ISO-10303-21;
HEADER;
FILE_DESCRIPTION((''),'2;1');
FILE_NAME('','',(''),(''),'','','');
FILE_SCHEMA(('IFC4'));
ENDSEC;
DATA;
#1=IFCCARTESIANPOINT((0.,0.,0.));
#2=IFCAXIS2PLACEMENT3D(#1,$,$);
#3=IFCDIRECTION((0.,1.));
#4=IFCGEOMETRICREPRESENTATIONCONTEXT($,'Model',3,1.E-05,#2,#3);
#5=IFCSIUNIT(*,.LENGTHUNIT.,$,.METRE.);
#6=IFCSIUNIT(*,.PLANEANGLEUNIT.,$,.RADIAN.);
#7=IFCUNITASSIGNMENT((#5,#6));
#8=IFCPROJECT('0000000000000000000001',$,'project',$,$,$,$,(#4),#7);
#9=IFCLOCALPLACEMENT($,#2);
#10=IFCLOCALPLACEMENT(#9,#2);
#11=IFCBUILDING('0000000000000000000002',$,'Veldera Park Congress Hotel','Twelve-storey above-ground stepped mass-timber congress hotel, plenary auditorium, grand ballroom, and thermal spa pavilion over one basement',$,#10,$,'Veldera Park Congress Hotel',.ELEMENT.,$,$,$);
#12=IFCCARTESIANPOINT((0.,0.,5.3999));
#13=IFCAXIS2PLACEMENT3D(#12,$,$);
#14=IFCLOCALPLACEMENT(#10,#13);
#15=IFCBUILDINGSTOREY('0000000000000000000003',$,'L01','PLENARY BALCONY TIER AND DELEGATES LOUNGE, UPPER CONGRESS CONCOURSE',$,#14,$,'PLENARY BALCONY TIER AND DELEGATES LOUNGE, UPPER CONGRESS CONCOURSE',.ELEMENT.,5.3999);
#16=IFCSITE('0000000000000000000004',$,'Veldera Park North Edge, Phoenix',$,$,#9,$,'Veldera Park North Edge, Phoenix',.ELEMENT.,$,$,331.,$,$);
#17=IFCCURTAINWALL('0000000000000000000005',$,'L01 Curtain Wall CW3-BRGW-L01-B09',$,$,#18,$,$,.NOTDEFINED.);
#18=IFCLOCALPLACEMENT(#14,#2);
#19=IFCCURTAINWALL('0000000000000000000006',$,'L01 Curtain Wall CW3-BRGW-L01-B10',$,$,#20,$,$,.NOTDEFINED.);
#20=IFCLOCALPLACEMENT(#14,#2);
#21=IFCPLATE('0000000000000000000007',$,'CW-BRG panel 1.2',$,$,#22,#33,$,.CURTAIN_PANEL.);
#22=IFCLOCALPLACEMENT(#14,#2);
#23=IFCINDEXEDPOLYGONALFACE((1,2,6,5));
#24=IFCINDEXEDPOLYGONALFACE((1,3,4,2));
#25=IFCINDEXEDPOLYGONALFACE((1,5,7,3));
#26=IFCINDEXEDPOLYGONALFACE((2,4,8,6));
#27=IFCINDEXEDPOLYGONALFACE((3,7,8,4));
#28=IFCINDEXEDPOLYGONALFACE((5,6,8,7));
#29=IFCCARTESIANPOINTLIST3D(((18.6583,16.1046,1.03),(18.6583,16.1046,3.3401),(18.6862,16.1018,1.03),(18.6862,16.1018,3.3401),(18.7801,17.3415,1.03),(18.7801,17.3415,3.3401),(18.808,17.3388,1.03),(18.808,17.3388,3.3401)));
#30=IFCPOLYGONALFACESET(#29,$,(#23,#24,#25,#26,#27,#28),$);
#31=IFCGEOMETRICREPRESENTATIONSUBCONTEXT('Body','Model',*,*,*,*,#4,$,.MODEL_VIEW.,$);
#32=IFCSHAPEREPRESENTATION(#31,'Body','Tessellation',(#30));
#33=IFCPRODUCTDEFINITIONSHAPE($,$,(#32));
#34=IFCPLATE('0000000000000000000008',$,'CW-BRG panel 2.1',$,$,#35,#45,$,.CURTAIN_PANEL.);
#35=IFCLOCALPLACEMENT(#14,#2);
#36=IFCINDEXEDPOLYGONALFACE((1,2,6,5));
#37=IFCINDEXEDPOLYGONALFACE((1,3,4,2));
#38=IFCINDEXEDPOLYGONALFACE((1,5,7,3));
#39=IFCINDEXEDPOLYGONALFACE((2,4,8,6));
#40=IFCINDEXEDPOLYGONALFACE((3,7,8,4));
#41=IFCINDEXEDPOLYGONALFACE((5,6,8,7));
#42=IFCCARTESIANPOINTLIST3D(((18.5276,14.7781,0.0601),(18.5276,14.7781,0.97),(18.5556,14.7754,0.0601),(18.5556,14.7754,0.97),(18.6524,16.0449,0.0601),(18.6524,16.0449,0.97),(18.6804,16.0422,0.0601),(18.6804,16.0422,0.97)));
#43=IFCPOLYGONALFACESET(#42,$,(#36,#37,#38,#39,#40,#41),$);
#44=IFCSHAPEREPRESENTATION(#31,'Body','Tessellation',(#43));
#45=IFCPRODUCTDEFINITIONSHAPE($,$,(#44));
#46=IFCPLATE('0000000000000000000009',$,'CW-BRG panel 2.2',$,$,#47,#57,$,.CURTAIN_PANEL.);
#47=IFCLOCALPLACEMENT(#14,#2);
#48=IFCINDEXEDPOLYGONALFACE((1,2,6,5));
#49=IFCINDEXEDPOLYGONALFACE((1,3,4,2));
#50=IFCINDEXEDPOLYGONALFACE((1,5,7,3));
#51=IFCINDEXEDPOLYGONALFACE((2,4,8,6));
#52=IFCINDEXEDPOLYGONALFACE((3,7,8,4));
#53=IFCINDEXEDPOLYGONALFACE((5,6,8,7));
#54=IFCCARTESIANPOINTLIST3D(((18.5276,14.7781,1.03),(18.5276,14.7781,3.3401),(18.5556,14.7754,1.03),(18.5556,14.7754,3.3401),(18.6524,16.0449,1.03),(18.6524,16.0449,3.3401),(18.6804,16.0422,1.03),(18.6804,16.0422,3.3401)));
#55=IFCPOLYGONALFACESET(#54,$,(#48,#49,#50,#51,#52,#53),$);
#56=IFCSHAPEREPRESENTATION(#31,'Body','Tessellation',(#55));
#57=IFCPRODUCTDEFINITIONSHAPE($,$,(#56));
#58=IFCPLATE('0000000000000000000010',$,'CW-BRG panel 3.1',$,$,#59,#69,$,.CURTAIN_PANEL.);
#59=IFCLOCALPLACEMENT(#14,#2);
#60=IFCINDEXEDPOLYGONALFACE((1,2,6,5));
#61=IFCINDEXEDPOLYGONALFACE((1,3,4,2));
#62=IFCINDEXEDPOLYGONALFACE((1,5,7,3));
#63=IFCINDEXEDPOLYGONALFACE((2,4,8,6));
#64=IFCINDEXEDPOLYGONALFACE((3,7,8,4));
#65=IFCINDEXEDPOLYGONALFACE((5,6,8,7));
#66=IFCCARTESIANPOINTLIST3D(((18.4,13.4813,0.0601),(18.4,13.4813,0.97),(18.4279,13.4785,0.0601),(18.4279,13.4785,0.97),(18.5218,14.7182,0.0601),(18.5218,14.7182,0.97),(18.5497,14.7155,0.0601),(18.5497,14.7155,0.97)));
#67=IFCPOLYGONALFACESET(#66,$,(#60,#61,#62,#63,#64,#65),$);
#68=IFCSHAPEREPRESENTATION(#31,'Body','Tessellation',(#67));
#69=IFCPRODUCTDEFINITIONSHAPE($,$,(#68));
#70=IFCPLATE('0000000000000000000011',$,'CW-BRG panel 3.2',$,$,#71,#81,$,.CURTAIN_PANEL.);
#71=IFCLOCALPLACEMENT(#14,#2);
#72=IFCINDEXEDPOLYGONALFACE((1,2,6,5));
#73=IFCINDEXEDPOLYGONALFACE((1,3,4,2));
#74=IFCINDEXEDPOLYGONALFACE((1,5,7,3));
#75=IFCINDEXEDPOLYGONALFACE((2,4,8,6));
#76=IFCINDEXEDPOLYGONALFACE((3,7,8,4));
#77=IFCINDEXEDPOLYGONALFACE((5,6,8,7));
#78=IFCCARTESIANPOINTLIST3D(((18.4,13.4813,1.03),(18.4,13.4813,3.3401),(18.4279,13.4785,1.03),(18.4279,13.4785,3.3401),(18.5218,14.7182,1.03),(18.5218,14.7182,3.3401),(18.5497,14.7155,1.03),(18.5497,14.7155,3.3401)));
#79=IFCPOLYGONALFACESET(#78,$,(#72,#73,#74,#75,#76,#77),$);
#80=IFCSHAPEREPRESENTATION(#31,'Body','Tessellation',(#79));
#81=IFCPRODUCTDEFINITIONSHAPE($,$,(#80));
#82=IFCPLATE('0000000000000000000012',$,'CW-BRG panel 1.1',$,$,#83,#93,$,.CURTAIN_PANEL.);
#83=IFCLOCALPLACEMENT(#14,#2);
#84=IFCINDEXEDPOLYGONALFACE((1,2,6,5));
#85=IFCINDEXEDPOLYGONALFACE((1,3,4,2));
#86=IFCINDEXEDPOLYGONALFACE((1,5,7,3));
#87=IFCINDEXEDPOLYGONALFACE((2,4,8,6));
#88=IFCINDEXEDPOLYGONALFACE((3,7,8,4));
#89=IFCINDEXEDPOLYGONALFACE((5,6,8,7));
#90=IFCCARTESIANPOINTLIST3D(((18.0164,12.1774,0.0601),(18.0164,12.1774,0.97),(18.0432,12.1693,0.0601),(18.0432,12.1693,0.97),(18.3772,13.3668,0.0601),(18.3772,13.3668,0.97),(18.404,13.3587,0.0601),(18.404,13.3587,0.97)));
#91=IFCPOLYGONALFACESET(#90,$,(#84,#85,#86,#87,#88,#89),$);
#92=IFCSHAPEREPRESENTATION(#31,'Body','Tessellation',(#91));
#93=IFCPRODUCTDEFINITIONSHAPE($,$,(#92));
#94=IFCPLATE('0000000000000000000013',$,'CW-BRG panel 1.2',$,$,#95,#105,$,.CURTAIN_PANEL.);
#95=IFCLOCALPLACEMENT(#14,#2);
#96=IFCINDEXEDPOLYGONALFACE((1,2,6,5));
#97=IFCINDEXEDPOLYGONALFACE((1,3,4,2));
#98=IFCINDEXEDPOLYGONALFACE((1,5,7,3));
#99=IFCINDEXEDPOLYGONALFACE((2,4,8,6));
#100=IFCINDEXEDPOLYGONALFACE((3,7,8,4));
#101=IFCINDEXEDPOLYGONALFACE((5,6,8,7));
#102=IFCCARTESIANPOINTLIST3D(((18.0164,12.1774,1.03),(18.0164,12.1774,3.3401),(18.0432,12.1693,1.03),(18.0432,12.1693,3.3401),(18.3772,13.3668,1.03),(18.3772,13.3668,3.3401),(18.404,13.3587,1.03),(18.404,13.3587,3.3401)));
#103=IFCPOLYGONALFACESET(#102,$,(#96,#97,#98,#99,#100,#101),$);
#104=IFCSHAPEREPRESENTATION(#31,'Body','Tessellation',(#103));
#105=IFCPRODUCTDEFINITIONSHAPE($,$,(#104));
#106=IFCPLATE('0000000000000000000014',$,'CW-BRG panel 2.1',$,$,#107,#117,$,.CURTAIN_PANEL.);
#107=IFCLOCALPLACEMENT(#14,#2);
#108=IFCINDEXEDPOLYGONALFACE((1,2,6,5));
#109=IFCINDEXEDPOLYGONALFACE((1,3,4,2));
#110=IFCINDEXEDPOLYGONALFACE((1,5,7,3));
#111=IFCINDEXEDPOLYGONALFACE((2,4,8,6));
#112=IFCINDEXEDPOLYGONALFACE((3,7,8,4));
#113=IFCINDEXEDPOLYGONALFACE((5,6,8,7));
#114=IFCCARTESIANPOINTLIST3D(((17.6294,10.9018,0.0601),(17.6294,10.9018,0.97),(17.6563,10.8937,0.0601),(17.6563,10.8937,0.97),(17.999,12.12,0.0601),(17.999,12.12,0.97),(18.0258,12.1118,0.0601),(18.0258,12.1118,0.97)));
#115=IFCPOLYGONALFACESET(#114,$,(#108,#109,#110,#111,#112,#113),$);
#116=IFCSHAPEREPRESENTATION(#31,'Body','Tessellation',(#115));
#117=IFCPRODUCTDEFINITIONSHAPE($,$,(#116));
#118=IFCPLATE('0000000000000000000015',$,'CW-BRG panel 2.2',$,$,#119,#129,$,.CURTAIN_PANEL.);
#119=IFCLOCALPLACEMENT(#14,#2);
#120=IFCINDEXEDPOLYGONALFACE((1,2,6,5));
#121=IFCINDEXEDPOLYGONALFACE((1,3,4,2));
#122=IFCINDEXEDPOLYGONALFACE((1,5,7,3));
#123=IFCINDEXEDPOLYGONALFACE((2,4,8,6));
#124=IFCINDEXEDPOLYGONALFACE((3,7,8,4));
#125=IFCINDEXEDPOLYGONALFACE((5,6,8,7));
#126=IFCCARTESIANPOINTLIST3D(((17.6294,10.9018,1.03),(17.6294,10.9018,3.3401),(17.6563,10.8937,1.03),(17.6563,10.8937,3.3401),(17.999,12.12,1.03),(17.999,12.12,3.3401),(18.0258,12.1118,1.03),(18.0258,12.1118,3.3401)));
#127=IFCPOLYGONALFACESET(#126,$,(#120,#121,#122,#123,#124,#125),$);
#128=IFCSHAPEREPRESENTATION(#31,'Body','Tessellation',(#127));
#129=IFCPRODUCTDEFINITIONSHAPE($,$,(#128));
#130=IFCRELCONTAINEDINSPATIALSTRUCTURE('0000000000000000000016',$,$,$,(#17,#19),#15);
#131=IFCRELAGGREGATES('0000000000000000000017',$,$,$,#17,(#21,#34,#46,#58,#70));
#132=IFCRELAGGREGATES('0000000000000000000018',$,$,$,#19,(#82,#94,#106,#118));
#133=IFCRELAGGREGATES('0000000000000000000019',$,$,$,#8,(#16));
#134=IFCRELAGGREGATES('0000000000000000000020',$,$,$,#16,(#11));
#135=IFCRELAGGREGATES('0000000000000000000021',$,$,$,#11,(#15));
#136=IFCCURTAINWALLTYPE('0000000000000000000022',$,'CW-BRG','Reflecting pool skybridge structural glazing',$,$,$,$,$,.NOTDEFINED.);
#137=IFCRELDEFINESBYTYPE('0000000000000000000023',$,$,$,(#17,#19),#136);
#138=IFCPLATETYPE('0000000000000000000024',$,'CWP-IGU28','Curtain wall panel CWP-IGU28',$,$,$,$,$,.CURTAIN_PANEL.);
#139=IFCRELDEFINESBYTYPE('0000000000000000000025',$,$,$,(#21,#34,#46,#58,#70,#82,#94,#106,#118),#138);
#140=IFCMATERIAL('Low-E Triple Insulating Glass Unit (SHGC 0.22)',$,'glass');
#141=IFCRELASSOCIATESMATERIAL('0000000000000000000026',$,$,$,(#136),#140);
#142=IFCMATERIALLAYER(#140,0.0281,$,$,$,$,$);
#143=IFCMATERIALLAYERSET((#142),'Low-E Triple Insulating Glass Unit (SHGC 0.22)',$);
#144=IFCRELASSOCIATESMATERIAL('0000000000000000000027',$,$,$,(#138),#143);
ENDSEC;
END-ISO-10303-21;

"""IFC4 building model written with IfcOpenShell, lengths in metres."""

from ifc_helpers import new_model, si_unit, direction, frame, origin, origin_2d, place, context, subcontext, project, spatial, rectangle, extrude, material, layer, layer_set, type_object, element, aggregate, save


model = new_model("IFC4")

# Units and contexts
model_context = context("Model", 3, precision=1e-05, world=origin(), true_north=direction((0.0, 1.0)))
body_context = subcontext(model_context, "Body", "Model", "MODEL_VIEW")
ifc_project = project(units=[si_unit("LENGTHUNIT", "METRE"), si_unit("PLANEANGLEUNIT", "RADIAN")], contexts=[model_context])

# Site, building, storey
site_placement = place(None, origin())
site = spatial("IfcSite", under=ifc_project, at=site_placement, Name="Veldera Park North Edge, Phoenix", LongName="Veldera Park North Edge, Phoenix", CompositionType="ELEMENT", RefElevation=331.0)
building_placement = place(site_placement, origin())
building = spatial("IfcBuilding", under=site, at=building_placement, Name="Veldera Park Congress Hotel", Description="Twelve-storey above-ground stepped mass-timber congress hotel, plenary auditorium, grand ballroom, and thermal spa pavilion over one basement", LongName="Veldera Park Congress Hotel", CompositionType="ELEMENT")
storey_placement = place(building_placement, frame((0.0, 0.0, 5.3999)))
storey = spatial("IfcBuildingStorey", under=building, at=storey_placement, Name="L01", Description="PLENARY BALCONY TIER AND DELEGATES LOUNGE, UPPER CONGRESS CONCOURSE", LongName="PLENARY BALCONY TIER AND DELEGATES LOUNGE, UPPER CONGRESS CONCOURSE", CompositionType="ELEMENT", Elevation=5.3999)

# Curtain walls
ifc_material_1 = material(Name="Low-E Triple Insulating Glass Unit (SHGC 0.22)", Category="glass")
curtain_wall_type_1 = type_object("IfcCurtainWallType", Name="CW-BRG", Description="Reflecting pool skybridge structural glazing", PredefinedType="NOTDEFINED", material=ifc_material_1)
curtain_wall_1_placement = place(storey_placement, origin())
curtain_wall_1 = element("IfcCurtainWall", 1, at=curtain_wall_1_placement, inside=storey, type_object=curtain_wall_type_1, Name="L01 Curtain Wall CW3-BRGW-L01-B09", PredefinedType="NOTDEFINED")
curtain_wall_2_placement = place(storey_placement, origin())
curtain_wall_2 = element("IfcCurtainWall", 2, at=curtain_wall_2_placement, inside=storey, type_object=curtain_wall_type_1, Name="L01 Curtain Wall CW3-BRGW-L01-B10", PredefinedType="NOTDEFINED")

# Shared definitions
ifc_layer = layer(ifc_material_1, 0.0281)
ifc_layer_set = layer_set([ifc_layer], Name="Low-E Triple Insulating Glass Unit (SHGC 0.22)")
plate_type = type_object("IfcPlateType", Name="CWP-IGU28", Description="Curtain wall panel CWP-IGU28", PredefinedType="CURTAIN_PANEL", material=ifc_layer_set)

# Plates
plate_1_placement = place(storey_placement, frame((18.7332, 16.7217, 1.03), z_axis=(0.0, 0.0, 1.0), x_axis=(-0.098023, -0.995184, 0.0)))
plate_1 = element("IfcPlate", 3, at=plate_1_placement, type_object=plate_type, Name="CW-BRG panel 1.2", PredefinedType="CURTAIN_PANEL", context=body_context, shape_type="SweptSolid", body=[
    extrude(rectangle(XDim=1.2429, YDim=0.0281, at=origin_2d()), origin(), (0.0, 0.0, 1.0), 2.3101),
])
plate_2_placement = place(storey_placement, frame((18.604, 15.4102, 0.0601), z_axis=(0.0, 0.0, 1.0), x_axis=(-0.098023, -0.995184, 0.0)))
plate_2 = element("IfcPlate", 4, at=plate_2_placement, type_object=plate_type, Name="CW-BRG panel 2.1", PredefinedType="CURTAIN_PANEL", context=body_context, shape_type="SweptSolid", body=[
    extrude(rectangle(XDim=1.2729, YDim=0.0281, at=origin_2d()), origin(), (0.0, 0.0, 1.0), 0.9099),
])
plate_3_placement = place(storey_placement, frame((18.604, 15.4102, 1.03), z_axis=(0.0, 0.0, 1.0), x_axis=(-0.098023, -0.995184, 0.0)))
plate_3 = element("IfcPlate", 5, at=plate_3_placement, type_object=plate_type, Name="CW-BRG panel 2.2", PredefinedType="CURTAIN_PANEL", context=body_context, shape_type="SweptSolid", body=[
    extrude(rectangle(XDim=1.2729, YDim=0.0281, at=origin_2d()), origin(), (0.0, 0.0, 1.0), 2.3101),
])
plate_4_placement = place(storey_placement, frame((18.4749, 14.0984, 0.0601), z_axis=(0.0, 0.0, 1.0), x_axis=(-0.098023, -0.995184, 0.0)))
plate_4 = element("IfcPlate", 6, at=plate_4_placement, type_object=plate_type, Name="CW-BRG panel 3.1", PredefinedType="CURTAIN_PANEL", context=body_context, shape_type="SweptSolid", body=[
    extrude(rectangle(XDim=1.2429, YDim=0.0281, at=origin_2d()), origin(), (0.0, 0.0, 1.0), 0.9099),
])
plate_5_placement = place(storey_placement, frame((18.4749, 14.0984, 1.03), z_axis=(0.0, 0.0, 1.0), x_axis=(-0.098023, -0.995184, 0.0)))
plate_5 = element("IfcPlate", 7, at=plate_5_placement, type_object=plate_type, Name="CW-BRG panel 3.2", PredefinedType="CURTAIN_PANEL", context=body_context, shape_type="SweptSolid", body=[
    extrude(rectangle(XDim=1.2429, YDim=0.0281, at=origin_2d()), origin(), (0.0, 0.0, 1.0), 2.3101),
])
aggregate(curtain_wall_1, [plate_1, plate_2, plate_3, plate_4, plate_5])
plate_6_placement = place(storey_placement, frame((18.2102, 12.7681, 0.0601), z_axis=(0.0, 0.0, 1.0), x_axis=(-0.29029, -0.956939, 0.0)))
plate_6 = element("IfcPlate", 8, at=plate_6_placement, type_object=plate_type, Name="CW-BRG panel 1.1", PredefinedType="CURTAIN_PANEL", context=body_context, shape_type="SweptSolid", body=[
    extrude(rectangle(XDim=1.2429, YDim=0.0281, at=origin_2d()), origin(), (0.0, 0.0, 1.0), 0.9099),
])
plate_7_placement = place(storey_placement, frame((18.2102, 12.7681, 1.03), z_axis=(0.0, 0.0, 1.0), x_axis=(-0.29029, -0.956939, 0.0)))
plate_7 = element("IfcPlate", 9, at=plate_7_placement, type_object=plate_type, Name="CW-BRG panel 1.2", PredefinedType="CURTAIN_PANEL", context=body_context, shape_type="SweptSolid", body=[
    extrude(rectangle(XDim=1.2429, YDim=0.0281, at=origin_2d()), origin(), (0.0, 0.0, 1.0), 2.3101),
])
plate_8_placement = place(storey_placement, frame((17.8276, 11.5068, 0.0601), z_axis=(0.0, 0.0, 1.0), x_axis=(-0.29029, -0.956939, 0.0)))
plate_8 = element("IfcPlate", 10, at=plate_8_placement, type_object=plate_type, Name="CW-BRG panel 2.1", PredefinedType="CURTAIN_PANEL", context=body_context, shape_type="SweptSolid", body=[
    extrude(rectangle(XDim=1.2729, YDim=0.0281, at=origin_2d()), origin(), (0.0, 0.0, 1.0), 0.9099),
])
plate_9_placement = place(storey_placement, frame((17.8276, 11.5068, 1.03), z_axis=(0.0, 0.0, 1.0), x_axis=(-0.29029, -0.956939, 0.0)))
plate_9 = element("IfcPlate", 11, at=plate_9_placement, type_object=plate_type, Name="CW-BRG panel 2.2", PredefinedType="CURTAIN_PANEL", context=body_context, shape_type="SweptSolid", body=[
    extrude(rectangle(XDim=1.2729, YDim=0.0281, at=origin_2d()), origin(), (0.0, 0.0, 1.0), 2.3101),
])
aggregate(curtain_wall_2, [plate_6, plate_7, plate_8, plate_9])

save(model, "model.ifc")
